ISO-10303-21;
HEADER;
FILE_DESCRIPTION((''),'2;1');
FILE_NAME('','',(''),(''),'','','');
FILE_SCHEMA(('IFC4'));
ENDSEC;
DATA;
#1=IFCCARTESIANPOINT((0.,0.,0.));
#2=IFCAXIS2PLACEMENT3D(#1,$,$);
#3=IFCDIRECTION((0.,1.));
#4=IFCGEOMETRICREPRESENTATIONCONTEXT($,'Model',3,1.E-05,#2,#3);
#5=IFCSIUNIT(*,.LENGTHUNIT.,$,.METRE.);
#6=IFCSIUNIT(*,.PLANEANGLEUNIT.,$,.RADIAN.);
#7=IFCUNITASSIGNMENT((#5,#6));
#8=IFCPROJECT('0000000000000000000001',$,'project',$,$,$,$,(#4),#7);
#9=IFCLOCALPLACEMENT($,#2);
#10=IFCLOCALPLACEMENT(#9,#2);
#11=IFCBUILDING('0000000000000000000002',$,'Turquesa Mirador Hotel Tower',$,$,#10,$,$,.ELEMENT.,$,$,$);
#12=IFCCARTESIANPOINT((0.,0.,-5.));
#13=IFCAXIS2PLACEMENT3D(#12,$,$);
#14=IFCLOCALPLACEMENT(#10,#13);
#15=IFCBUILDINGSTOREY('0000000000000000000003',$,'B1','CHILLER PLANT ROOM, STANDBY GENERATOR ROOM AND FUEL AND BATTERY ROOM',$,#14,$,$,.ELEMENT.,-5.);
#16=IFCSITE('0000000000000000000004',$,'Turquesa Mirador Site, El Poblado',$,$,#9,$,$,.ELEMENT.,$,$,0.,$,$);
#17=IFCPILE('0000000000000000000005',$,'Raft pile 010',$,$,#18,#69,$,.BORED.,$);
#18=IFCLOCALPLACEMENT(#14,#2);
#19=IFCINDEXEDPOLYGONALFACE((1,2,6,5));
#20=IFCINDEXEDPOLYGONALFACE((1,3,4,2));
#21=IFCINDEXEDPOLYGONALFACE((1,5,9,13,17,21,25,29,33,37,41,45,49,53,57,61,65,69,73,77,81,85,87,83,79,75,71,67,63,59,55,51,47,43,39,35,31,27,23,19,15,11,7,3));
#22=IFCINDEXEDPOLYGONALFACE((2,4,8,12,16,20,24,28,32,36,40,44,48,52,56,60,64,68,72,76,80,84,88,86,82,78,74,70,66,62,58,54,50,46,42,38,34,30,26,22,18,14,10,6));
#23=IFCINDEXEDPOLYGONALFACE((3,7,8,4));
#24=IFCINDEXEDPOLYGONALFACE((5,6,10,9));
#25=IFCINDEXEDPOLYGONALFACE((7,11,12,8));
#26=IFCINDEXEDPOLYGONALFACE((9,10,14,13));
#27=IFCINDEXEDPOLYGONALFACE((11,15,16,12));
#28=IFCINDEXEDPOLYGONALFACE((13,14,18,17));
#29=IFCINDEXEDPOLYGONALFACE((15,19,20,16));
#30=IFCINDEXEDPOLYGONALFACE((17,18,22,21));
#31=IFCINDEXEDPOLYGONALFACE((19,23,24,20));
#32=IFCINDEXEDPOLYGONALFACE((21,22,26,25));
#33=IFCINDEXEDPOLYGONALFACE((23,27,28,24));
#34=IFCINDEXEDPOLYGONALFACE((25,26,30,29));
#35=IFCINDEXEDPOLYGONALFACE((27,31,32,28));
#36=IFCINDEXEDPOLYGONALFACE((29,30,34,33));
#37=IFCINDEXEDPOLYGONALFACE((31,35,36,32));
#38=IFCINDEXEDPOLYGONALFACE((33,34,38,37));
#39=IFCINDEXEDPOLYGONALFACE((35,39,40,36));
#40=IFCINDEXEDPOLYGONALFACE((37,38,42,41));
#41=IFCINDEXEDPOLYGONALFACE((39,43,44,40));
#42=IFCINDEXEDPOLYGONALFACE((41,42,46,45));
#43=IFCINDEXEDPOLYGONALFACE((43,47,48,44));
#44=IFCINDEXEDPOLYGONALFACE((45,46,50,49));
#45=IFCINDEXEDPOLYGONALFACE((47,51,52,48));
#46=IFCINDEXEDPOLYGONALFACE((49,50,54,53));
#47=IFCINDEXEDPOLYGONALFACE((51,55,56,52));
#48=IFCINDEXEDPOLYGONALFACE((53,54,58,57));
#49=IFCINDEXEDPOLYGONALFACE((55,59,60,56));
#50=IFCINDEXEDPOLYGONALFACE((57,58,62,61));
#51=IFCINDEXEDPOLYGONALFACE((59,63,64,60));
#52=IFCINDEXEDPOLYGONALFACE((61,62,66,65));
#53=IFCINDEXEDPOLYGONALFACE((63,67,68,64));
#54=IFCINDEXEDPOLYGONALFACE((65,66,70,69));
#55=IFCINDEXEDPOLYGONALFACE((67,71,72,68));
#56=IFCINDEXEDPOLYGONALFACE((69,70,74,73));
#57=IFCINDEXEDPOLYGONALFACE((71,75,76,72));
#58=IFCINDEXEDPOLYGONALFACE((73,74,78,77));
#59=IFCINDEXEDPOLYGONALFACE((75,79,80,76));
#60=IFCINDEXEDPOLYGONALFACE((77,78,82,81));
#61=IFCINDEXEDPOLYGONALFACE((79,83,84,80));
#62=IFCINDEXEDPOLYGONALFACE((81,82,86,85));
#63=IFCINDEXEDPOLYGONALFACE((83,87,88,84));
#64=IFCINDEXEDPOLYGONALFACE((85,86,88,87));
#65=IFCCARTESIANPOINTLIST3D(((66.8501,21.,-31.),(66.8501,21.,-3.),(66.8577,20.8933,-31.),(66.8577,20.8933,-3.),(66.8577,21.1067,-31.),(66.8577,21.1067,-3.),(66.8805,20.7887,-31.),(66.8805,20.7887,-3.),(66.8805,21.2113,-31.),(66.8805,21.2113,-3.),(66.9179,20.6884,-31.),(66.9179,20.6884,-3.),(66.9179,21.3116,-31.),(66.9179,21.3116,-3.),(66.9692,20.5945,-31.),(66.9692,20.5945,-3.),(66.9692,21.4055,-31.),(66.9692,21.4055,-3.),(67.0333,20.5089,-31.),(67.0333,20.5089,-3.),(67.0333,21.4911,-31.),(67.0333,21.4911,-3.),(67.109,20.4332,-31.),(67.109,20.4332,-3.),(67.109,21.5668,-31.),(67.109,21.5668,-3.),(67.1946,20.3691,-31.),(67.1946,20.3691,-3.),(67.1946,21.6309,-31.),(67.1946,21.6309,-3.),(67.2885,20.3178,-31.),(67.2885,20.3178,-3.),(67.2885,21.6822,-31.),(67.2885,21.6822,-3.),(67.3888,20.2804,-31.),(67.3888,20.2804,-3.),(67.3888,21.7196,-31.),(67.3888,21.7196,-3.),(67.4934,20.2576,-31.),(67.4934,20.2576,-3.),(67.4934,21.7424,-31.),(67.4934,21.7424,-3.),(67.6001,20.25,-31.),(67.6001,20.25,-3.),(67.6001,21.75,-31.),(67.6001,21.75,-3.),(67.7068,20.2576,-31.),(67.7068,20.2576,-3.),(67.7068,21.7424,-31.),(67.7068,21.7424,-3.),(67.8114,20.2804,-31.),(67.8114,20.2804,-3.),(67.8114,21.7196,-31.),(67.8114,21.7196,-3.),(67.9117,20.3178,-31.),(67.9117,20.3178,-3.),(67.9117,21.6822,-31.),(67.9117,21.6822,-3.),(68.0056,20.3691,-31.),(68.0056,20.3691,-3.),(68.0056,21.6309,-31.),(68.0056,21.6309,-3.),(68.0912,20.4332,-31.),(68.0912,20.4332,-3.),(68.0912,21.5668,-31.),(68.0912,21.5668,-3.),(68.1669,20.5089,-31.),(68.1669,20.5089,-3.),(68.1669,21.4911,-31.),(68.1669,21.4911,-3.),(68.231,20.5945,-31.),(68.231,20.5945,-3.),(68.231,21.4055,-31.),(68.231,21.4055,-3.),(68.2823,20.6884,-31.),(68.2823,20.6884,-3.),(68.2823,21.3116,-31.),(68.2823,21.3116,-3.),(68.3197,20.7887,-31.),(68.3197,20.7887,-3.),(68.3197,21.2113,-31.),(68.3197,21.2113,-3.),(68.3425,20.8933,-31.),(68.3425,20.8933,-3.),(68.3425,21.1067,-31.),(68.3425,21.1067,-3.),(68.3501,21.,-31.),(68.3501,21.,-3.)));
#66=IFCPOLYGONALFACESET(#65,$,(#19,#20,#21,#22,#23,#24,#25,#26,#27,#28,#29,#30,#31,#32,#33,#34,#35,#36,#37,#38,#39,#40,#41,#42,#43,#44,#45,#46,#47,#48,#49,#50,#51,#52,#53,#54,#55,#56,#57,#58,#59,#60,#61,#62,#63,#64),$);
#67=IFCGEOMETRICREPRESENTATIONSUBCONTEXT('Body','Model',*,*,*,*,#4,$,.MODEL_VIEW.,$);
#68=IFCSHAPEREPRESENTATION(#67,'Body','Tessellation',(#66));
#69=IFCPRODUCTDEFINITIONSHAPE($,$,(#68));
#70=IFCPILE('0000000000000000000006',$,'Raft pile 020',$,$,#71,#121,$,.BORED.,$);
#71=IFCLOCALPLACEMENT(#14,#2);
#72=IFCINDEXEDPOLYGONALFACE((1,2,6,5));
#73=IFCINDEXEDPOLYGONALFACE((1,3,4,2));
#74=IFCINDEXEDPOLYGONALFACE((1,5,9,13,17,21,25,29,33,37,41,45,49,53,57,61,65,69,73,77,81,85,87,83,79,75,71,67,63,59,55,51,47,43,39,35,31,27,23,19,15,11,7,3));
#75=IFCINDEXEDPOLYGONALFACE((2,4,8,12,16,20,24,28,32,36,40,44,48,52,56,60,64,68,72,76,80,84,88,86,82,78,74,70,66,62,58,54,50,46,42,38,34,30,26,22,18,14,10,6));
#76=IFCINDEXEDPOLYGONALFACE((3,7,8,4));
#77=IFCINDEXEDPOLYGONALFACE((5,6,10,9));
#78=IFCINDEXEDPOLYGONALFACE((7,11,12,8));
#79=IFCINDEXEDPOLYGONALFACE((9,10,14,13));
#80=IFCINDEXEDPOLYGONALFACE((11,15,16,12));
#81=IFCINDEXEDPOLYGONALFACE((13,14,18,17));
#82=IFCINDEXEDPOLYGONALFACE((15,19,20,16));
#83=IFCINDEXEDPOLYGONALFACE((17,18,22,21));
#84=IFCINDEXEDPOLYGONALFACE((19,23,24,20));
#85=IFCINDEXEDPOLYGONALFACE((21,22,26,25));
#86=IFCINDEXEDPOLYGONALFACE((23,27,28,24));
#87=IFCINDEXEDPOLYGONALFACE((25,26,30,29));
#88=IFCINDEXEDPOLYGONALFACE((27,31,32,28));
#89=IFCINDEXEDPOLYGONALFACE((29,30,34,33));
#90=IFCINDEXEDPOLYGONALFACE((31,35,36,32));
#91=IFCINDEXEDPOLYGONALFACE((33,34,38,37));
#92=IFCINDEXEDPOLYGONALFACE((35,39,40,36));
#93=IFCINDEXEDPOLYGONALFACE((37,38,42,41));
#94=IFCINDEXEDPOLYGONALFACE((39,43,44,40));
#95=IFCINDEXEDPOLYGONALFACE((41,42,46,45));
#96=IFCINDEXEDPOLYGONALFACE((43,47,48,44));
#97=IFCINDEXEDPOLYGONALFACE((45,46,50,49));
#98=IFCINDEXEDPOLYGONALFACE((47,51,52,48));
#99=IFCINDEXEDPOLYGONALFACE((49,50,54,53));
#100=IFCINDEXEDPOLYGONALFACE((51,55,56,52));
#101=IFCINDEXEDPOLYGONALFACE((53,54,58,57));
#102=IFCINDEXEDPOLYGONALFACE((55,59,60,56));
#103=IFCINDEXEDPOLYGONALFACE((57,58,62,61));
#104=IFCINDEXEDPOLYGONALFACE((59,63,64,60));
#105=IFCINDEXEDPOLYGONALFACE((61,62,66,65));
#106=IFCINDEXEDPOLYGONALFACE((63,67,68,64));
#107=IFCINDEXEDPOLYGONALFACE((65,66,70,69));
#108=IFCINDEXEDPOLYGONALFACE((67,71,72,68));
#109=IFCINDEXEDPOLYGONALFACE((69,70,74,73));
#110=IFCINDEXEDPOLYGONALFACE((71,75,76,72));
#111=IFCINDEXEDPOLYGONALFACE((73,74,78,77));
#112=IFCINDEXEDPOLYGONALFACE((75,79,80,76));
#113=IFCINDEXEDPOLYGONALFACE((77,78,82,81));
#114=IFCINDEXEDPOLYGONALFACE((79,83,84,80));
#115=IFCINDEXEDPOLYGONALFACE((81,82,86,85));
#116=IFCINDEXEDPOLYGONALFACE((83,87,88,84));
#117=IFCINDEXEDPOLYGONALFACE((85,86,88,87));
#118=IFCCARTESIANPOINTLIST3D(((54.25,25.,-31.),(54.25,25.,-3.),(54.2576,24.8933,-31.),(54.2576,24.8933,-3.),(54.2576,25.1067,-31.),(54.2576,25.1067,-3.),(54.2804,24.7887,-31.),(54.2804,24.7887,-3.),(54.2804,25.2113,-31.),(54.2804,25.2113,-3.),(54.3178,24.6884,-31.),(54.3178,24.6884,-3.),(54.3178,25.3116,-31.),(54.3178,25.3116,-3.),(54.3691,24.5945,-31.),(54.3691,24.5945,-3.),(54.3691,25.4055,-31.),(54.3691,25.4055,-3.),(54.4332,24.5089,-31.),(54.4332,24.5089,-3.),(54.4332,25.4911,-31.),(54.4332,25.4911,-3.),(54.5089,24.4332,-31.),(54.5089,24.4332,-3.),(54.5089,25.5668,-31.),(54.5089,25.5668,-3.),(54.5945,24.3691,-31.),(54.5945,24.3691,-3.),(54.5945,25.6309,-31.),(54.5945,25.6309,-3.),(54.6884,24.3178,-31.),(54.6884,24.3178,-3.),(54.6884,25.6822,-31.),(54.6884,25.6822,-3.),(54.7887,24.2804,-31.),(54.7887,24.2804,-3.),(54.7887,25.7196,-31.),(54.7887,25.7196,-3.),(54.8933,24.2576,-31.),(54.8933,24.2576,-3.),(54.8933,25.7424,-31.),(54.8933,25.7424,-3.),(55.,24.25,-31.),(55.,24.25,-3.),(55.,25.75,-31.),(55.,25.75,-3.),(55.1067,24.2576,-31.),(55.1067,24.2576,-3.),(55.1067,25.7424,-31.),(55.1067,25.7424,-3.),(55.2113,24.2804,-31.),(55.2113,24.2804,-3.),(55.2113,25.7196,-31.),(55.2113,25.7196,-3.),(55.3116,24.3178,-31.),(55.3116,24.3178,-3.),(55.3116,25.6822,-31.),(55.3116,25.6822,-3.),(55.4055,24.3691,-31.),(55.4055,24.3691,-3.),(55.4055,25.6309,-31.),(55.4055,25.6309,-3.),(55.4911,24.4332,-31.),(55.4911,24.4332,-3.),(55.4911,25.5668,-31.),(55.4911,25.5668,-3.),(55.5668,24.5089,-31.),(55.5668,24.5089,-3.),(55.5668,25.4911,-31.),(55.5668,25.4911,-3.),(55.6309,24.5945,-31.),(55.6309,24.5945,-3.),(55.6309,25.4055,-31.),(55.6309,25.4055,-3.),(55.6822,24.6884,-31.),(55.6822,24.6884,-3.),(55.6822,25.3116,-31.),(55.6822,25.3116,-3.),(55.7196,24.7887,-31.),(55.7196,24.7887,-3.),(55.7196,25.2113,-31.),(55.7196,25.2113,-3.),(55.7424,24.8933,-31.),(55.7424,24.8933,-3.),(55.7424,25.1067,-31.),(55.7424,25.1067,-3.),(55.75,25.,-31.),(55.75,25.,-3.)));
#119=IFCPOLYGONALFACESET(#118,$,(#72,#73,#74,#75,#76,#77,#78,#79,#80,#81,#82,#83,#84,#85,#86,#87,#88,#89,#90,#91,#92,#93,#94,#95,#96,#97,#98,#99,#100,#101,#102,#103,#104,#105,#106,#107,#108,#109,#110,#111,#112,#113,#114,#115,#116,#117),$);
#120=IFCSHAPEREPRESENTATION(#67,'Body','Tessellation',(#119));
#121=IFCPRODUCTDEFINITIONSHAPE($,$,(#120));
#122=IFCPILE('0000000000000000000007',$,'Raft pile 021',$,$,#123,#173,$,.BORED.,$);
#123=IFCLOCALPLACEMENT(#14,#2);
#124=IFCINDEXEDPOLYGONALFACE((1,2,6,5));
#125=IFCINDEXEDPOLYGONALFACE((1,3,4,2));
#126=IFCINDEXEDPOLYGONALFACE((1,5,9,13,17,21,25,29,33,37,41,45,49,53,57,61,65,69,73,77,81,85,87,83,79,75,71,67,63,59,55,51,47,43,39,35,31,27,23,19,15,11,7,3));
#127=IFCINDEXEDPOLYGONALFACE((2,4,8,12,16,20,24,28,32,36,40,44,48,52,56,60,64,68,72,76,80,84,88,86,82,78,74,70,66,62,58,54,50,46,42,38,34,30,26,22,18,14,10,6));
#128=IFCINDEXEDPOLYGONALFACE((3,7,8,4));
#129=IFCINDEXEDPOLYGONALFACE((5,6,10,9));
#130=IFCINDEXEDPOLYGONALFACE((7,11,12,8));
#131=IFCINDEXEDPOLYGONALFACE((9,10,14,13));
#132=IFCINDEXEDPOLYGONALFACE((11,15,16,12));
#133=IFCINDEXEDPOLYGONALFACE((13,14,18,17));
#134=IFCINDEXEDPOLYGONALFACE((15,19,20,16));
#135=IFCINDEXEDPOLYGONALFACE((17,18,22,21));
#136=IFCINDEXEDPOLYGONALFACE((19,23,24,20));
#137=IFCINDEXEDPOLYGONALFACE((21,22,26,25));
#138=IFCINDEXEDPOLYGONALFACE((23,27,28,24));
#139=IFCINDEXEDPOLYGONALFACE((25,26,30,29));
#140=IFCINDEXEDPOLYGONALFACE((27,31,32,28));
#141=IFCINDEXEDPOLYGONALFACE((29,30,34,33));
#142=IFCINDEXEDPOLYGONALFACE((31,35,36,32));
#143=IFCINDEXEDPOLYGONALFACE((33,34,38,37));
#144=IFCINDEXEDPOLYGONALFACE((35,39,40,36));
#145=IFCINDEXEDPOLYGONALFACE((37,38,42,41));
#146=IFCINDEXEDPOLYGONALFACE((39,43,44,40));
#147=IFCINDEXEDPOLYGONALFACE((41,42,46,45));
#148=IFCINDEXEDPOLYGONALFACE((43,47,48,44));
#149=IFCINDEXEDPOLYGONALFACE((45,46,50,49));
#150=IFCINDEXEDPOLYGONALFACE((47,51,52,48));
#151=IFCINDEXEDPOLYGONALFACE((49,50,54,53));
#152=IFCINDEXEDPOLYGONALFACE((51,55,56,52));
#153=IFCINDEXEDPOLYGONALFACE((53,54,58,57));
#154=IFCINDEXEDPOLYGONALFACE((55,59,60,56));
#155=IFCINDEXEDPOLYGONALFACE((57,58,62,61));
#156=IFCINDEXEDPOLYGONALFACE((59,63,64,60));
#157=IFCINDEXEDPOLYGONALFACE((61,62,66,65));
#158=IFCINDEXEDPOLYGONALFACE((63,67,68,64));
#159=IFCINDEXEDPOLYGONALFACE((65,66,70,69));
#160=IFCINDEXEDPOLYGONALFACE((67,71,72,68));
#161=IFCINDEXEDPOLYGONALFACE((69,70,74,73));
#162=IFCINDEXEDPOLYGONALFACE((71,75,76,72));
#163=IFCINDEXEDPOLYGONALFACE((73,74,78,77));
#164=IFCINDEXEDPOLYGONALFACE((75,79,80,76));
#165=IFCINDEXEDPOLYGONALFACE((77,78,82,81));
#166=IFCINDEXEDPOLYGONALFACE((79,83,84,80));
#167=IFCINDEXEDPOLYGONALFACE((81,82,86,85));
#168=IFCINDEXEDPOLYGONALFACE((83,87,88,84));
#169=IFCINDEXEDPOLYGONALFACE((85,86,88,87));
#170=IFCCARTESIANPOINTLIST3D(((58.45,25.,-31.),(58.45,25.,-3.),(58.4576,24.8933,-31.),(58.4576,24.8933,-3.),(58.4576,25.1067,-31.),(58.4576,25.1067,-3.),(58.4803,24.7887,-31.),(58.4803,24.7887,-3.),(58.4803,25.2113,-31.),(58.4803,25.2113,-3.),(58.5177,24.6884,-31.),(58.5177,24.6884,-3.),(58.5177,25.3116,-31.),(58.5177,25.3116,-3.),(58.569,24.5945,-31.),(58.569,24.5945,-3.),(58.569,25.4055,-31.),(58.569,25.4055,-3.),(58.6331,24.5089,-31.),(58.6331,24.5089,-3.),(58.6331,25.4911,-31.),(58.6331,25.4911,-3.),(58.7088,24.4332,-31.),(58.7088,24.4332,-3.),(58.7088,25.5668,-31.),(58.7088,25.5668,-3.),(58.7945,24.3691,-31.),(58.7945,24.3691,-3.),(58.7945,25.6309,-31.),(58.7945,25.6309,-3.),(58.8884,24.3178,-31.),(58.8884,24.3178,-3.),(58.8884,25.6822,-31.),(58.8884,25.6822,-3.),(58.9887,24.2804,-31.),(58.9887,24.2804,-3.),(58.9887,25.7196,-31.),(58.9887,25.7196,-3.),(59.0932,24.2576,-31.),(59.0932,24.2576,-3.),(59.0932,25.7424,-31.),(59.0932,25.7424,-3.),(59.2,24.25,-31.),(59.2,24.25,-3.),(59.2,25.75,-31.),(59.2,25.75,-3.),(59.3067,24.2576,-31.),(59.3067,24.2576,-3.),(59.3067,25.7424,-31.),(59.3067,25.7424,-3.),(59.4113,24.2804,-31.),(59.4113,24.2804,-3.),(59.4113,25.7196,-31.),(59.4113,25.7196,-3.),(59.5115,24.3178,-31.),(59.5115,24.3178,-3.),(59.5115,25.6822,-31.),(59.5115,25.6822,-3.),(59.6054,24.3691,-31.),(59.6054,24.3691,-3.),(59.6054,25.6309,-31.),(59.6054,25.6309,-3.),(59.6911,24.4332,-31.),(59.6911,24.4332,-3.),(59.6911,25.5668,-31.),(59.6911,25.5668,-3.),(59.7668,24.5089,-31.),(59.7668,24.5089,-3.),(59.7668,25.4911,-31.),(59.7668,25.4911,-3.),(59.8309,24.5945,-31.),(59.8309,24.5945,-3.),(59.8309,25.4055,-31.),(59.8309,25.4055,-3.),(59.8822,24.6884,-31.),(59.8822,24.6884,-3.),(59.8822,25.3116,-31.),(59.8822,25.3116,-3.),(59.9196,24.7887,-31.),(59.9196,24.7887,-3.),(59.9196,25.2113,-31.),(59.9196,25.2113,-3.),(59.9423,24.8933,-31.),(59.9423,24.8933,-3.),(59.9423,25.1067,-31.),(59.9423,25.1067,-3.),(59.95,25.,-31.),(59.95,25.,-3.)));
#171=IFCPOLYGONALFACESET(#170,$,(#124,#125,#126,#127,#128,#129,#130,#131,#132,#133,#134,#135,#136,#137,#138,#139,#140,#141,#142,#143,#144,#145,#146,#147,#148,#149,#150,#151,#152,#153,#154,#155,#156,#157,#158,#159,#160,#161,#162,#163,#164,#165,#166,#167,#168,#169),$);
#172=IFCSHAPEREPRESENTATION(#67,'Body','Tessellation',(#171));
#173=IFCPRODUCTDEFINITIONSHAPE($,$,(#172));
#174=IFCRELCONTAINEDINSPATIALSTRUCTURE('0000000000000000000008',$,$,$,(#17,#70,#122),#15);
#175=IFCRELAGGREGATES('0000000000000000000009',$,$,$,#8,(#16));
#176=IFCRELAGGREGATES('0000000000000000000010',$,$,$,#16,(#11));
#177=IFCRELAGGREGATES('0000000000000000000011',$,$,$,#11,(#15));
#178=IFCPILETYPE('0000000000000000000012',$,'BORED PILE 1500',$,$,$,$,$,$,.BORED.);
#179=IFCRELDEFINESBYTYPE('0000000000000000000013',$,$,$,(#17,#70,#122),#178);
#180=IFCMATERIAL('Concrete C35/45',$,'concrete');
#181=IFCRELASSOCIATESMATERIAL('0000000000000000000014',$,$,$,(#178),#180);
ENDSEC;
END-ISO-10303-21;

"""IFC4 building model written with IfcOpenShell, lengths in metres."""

from ifc_helpers import new_model, si_unit, direction, frame, origin, origin_2d, place, context, subcontext, project, spatial, circle, extrude, material, type_object, element, save


model = new_model("IFC4")

# Units and contexts
model_context = context("Model", 3, precision=1e-05, world=origin(), true_north=direction((0.0, 1.0)))
body_context = subcontext(model_context, "Body", "Model", "MODEL_VIEW")
ifc_project = project(units=[si_unit("LENGTHUNIT", "METRE"), si_unit("PLANEANGLEUNIT", "RADIAN")], contexts=[model_context])

# Site, building, storey
site_placement = place(None, origin())
site = spatial("IfcSite", under=ifc_project, at=site_placement, Name="Turquesa Mirador Site, El Poblado", CompositionType="ELEMENT", RefElevation=0.0)
building_placement = place(site_placement, origin())
building = spatial("IfcBuilding", under=site, at=building_placement, Name="Turquesa Mirador Hotel Tower", CompositionType="ELEMENT")
storey_placement = place(building_placement, frame((0.0, 0.0, -5.0)))
storey = spatial("IfcBuildingStorey", under=building, at=storey_placement, Name="B1", Description="CHILLER PLANT ROOM, STANDBY GENERATOR ROOM AND FUEL AND BATTERY ROOM", CompositionType="ELEMENT", Elevation=-5.0)

# Piles
ifc_material_1 = material(Name="Concrete C35/45", Category="concrete")
pile_type = type_object("IfcPileType", Name="BORED PILE 1500", PredefinedType="BORED", material=ifc_material_1)
for number, where, z_axis, x_axis, name in (
    (1, (67.6001, 21.0, -3.0), (0.0, 0.0, -1.0), (1.0, 0.0, 0.0), "Raft pile 010"),
    (2, (55.0, 25.0, -3.0), (0.0, 0.0, -1.0), (1.0, 0.0, 0.0), "Raft pile 020"),
    (3, (59.2, 25.0, -3.0), (0.0, 0.0, -1.0), (1.0, 0.0, 0.0), "Raft pile 021"),
):
    element("IfcPile", number, at=place(storey_placement, frame(where, z_axis=z_axis, x_axis=x_axis)), inside=storey, type_object=pile_type, Name=name, PredefinedType="BORED", context=body_context, shape_type="SweptSolid", body=[
        extrude(circle(Radius=0.75, at=origin_2d()), origin(), (0.0, 0.0, 1.0), 28.0),
    ])

save(model, "model.ifc")
